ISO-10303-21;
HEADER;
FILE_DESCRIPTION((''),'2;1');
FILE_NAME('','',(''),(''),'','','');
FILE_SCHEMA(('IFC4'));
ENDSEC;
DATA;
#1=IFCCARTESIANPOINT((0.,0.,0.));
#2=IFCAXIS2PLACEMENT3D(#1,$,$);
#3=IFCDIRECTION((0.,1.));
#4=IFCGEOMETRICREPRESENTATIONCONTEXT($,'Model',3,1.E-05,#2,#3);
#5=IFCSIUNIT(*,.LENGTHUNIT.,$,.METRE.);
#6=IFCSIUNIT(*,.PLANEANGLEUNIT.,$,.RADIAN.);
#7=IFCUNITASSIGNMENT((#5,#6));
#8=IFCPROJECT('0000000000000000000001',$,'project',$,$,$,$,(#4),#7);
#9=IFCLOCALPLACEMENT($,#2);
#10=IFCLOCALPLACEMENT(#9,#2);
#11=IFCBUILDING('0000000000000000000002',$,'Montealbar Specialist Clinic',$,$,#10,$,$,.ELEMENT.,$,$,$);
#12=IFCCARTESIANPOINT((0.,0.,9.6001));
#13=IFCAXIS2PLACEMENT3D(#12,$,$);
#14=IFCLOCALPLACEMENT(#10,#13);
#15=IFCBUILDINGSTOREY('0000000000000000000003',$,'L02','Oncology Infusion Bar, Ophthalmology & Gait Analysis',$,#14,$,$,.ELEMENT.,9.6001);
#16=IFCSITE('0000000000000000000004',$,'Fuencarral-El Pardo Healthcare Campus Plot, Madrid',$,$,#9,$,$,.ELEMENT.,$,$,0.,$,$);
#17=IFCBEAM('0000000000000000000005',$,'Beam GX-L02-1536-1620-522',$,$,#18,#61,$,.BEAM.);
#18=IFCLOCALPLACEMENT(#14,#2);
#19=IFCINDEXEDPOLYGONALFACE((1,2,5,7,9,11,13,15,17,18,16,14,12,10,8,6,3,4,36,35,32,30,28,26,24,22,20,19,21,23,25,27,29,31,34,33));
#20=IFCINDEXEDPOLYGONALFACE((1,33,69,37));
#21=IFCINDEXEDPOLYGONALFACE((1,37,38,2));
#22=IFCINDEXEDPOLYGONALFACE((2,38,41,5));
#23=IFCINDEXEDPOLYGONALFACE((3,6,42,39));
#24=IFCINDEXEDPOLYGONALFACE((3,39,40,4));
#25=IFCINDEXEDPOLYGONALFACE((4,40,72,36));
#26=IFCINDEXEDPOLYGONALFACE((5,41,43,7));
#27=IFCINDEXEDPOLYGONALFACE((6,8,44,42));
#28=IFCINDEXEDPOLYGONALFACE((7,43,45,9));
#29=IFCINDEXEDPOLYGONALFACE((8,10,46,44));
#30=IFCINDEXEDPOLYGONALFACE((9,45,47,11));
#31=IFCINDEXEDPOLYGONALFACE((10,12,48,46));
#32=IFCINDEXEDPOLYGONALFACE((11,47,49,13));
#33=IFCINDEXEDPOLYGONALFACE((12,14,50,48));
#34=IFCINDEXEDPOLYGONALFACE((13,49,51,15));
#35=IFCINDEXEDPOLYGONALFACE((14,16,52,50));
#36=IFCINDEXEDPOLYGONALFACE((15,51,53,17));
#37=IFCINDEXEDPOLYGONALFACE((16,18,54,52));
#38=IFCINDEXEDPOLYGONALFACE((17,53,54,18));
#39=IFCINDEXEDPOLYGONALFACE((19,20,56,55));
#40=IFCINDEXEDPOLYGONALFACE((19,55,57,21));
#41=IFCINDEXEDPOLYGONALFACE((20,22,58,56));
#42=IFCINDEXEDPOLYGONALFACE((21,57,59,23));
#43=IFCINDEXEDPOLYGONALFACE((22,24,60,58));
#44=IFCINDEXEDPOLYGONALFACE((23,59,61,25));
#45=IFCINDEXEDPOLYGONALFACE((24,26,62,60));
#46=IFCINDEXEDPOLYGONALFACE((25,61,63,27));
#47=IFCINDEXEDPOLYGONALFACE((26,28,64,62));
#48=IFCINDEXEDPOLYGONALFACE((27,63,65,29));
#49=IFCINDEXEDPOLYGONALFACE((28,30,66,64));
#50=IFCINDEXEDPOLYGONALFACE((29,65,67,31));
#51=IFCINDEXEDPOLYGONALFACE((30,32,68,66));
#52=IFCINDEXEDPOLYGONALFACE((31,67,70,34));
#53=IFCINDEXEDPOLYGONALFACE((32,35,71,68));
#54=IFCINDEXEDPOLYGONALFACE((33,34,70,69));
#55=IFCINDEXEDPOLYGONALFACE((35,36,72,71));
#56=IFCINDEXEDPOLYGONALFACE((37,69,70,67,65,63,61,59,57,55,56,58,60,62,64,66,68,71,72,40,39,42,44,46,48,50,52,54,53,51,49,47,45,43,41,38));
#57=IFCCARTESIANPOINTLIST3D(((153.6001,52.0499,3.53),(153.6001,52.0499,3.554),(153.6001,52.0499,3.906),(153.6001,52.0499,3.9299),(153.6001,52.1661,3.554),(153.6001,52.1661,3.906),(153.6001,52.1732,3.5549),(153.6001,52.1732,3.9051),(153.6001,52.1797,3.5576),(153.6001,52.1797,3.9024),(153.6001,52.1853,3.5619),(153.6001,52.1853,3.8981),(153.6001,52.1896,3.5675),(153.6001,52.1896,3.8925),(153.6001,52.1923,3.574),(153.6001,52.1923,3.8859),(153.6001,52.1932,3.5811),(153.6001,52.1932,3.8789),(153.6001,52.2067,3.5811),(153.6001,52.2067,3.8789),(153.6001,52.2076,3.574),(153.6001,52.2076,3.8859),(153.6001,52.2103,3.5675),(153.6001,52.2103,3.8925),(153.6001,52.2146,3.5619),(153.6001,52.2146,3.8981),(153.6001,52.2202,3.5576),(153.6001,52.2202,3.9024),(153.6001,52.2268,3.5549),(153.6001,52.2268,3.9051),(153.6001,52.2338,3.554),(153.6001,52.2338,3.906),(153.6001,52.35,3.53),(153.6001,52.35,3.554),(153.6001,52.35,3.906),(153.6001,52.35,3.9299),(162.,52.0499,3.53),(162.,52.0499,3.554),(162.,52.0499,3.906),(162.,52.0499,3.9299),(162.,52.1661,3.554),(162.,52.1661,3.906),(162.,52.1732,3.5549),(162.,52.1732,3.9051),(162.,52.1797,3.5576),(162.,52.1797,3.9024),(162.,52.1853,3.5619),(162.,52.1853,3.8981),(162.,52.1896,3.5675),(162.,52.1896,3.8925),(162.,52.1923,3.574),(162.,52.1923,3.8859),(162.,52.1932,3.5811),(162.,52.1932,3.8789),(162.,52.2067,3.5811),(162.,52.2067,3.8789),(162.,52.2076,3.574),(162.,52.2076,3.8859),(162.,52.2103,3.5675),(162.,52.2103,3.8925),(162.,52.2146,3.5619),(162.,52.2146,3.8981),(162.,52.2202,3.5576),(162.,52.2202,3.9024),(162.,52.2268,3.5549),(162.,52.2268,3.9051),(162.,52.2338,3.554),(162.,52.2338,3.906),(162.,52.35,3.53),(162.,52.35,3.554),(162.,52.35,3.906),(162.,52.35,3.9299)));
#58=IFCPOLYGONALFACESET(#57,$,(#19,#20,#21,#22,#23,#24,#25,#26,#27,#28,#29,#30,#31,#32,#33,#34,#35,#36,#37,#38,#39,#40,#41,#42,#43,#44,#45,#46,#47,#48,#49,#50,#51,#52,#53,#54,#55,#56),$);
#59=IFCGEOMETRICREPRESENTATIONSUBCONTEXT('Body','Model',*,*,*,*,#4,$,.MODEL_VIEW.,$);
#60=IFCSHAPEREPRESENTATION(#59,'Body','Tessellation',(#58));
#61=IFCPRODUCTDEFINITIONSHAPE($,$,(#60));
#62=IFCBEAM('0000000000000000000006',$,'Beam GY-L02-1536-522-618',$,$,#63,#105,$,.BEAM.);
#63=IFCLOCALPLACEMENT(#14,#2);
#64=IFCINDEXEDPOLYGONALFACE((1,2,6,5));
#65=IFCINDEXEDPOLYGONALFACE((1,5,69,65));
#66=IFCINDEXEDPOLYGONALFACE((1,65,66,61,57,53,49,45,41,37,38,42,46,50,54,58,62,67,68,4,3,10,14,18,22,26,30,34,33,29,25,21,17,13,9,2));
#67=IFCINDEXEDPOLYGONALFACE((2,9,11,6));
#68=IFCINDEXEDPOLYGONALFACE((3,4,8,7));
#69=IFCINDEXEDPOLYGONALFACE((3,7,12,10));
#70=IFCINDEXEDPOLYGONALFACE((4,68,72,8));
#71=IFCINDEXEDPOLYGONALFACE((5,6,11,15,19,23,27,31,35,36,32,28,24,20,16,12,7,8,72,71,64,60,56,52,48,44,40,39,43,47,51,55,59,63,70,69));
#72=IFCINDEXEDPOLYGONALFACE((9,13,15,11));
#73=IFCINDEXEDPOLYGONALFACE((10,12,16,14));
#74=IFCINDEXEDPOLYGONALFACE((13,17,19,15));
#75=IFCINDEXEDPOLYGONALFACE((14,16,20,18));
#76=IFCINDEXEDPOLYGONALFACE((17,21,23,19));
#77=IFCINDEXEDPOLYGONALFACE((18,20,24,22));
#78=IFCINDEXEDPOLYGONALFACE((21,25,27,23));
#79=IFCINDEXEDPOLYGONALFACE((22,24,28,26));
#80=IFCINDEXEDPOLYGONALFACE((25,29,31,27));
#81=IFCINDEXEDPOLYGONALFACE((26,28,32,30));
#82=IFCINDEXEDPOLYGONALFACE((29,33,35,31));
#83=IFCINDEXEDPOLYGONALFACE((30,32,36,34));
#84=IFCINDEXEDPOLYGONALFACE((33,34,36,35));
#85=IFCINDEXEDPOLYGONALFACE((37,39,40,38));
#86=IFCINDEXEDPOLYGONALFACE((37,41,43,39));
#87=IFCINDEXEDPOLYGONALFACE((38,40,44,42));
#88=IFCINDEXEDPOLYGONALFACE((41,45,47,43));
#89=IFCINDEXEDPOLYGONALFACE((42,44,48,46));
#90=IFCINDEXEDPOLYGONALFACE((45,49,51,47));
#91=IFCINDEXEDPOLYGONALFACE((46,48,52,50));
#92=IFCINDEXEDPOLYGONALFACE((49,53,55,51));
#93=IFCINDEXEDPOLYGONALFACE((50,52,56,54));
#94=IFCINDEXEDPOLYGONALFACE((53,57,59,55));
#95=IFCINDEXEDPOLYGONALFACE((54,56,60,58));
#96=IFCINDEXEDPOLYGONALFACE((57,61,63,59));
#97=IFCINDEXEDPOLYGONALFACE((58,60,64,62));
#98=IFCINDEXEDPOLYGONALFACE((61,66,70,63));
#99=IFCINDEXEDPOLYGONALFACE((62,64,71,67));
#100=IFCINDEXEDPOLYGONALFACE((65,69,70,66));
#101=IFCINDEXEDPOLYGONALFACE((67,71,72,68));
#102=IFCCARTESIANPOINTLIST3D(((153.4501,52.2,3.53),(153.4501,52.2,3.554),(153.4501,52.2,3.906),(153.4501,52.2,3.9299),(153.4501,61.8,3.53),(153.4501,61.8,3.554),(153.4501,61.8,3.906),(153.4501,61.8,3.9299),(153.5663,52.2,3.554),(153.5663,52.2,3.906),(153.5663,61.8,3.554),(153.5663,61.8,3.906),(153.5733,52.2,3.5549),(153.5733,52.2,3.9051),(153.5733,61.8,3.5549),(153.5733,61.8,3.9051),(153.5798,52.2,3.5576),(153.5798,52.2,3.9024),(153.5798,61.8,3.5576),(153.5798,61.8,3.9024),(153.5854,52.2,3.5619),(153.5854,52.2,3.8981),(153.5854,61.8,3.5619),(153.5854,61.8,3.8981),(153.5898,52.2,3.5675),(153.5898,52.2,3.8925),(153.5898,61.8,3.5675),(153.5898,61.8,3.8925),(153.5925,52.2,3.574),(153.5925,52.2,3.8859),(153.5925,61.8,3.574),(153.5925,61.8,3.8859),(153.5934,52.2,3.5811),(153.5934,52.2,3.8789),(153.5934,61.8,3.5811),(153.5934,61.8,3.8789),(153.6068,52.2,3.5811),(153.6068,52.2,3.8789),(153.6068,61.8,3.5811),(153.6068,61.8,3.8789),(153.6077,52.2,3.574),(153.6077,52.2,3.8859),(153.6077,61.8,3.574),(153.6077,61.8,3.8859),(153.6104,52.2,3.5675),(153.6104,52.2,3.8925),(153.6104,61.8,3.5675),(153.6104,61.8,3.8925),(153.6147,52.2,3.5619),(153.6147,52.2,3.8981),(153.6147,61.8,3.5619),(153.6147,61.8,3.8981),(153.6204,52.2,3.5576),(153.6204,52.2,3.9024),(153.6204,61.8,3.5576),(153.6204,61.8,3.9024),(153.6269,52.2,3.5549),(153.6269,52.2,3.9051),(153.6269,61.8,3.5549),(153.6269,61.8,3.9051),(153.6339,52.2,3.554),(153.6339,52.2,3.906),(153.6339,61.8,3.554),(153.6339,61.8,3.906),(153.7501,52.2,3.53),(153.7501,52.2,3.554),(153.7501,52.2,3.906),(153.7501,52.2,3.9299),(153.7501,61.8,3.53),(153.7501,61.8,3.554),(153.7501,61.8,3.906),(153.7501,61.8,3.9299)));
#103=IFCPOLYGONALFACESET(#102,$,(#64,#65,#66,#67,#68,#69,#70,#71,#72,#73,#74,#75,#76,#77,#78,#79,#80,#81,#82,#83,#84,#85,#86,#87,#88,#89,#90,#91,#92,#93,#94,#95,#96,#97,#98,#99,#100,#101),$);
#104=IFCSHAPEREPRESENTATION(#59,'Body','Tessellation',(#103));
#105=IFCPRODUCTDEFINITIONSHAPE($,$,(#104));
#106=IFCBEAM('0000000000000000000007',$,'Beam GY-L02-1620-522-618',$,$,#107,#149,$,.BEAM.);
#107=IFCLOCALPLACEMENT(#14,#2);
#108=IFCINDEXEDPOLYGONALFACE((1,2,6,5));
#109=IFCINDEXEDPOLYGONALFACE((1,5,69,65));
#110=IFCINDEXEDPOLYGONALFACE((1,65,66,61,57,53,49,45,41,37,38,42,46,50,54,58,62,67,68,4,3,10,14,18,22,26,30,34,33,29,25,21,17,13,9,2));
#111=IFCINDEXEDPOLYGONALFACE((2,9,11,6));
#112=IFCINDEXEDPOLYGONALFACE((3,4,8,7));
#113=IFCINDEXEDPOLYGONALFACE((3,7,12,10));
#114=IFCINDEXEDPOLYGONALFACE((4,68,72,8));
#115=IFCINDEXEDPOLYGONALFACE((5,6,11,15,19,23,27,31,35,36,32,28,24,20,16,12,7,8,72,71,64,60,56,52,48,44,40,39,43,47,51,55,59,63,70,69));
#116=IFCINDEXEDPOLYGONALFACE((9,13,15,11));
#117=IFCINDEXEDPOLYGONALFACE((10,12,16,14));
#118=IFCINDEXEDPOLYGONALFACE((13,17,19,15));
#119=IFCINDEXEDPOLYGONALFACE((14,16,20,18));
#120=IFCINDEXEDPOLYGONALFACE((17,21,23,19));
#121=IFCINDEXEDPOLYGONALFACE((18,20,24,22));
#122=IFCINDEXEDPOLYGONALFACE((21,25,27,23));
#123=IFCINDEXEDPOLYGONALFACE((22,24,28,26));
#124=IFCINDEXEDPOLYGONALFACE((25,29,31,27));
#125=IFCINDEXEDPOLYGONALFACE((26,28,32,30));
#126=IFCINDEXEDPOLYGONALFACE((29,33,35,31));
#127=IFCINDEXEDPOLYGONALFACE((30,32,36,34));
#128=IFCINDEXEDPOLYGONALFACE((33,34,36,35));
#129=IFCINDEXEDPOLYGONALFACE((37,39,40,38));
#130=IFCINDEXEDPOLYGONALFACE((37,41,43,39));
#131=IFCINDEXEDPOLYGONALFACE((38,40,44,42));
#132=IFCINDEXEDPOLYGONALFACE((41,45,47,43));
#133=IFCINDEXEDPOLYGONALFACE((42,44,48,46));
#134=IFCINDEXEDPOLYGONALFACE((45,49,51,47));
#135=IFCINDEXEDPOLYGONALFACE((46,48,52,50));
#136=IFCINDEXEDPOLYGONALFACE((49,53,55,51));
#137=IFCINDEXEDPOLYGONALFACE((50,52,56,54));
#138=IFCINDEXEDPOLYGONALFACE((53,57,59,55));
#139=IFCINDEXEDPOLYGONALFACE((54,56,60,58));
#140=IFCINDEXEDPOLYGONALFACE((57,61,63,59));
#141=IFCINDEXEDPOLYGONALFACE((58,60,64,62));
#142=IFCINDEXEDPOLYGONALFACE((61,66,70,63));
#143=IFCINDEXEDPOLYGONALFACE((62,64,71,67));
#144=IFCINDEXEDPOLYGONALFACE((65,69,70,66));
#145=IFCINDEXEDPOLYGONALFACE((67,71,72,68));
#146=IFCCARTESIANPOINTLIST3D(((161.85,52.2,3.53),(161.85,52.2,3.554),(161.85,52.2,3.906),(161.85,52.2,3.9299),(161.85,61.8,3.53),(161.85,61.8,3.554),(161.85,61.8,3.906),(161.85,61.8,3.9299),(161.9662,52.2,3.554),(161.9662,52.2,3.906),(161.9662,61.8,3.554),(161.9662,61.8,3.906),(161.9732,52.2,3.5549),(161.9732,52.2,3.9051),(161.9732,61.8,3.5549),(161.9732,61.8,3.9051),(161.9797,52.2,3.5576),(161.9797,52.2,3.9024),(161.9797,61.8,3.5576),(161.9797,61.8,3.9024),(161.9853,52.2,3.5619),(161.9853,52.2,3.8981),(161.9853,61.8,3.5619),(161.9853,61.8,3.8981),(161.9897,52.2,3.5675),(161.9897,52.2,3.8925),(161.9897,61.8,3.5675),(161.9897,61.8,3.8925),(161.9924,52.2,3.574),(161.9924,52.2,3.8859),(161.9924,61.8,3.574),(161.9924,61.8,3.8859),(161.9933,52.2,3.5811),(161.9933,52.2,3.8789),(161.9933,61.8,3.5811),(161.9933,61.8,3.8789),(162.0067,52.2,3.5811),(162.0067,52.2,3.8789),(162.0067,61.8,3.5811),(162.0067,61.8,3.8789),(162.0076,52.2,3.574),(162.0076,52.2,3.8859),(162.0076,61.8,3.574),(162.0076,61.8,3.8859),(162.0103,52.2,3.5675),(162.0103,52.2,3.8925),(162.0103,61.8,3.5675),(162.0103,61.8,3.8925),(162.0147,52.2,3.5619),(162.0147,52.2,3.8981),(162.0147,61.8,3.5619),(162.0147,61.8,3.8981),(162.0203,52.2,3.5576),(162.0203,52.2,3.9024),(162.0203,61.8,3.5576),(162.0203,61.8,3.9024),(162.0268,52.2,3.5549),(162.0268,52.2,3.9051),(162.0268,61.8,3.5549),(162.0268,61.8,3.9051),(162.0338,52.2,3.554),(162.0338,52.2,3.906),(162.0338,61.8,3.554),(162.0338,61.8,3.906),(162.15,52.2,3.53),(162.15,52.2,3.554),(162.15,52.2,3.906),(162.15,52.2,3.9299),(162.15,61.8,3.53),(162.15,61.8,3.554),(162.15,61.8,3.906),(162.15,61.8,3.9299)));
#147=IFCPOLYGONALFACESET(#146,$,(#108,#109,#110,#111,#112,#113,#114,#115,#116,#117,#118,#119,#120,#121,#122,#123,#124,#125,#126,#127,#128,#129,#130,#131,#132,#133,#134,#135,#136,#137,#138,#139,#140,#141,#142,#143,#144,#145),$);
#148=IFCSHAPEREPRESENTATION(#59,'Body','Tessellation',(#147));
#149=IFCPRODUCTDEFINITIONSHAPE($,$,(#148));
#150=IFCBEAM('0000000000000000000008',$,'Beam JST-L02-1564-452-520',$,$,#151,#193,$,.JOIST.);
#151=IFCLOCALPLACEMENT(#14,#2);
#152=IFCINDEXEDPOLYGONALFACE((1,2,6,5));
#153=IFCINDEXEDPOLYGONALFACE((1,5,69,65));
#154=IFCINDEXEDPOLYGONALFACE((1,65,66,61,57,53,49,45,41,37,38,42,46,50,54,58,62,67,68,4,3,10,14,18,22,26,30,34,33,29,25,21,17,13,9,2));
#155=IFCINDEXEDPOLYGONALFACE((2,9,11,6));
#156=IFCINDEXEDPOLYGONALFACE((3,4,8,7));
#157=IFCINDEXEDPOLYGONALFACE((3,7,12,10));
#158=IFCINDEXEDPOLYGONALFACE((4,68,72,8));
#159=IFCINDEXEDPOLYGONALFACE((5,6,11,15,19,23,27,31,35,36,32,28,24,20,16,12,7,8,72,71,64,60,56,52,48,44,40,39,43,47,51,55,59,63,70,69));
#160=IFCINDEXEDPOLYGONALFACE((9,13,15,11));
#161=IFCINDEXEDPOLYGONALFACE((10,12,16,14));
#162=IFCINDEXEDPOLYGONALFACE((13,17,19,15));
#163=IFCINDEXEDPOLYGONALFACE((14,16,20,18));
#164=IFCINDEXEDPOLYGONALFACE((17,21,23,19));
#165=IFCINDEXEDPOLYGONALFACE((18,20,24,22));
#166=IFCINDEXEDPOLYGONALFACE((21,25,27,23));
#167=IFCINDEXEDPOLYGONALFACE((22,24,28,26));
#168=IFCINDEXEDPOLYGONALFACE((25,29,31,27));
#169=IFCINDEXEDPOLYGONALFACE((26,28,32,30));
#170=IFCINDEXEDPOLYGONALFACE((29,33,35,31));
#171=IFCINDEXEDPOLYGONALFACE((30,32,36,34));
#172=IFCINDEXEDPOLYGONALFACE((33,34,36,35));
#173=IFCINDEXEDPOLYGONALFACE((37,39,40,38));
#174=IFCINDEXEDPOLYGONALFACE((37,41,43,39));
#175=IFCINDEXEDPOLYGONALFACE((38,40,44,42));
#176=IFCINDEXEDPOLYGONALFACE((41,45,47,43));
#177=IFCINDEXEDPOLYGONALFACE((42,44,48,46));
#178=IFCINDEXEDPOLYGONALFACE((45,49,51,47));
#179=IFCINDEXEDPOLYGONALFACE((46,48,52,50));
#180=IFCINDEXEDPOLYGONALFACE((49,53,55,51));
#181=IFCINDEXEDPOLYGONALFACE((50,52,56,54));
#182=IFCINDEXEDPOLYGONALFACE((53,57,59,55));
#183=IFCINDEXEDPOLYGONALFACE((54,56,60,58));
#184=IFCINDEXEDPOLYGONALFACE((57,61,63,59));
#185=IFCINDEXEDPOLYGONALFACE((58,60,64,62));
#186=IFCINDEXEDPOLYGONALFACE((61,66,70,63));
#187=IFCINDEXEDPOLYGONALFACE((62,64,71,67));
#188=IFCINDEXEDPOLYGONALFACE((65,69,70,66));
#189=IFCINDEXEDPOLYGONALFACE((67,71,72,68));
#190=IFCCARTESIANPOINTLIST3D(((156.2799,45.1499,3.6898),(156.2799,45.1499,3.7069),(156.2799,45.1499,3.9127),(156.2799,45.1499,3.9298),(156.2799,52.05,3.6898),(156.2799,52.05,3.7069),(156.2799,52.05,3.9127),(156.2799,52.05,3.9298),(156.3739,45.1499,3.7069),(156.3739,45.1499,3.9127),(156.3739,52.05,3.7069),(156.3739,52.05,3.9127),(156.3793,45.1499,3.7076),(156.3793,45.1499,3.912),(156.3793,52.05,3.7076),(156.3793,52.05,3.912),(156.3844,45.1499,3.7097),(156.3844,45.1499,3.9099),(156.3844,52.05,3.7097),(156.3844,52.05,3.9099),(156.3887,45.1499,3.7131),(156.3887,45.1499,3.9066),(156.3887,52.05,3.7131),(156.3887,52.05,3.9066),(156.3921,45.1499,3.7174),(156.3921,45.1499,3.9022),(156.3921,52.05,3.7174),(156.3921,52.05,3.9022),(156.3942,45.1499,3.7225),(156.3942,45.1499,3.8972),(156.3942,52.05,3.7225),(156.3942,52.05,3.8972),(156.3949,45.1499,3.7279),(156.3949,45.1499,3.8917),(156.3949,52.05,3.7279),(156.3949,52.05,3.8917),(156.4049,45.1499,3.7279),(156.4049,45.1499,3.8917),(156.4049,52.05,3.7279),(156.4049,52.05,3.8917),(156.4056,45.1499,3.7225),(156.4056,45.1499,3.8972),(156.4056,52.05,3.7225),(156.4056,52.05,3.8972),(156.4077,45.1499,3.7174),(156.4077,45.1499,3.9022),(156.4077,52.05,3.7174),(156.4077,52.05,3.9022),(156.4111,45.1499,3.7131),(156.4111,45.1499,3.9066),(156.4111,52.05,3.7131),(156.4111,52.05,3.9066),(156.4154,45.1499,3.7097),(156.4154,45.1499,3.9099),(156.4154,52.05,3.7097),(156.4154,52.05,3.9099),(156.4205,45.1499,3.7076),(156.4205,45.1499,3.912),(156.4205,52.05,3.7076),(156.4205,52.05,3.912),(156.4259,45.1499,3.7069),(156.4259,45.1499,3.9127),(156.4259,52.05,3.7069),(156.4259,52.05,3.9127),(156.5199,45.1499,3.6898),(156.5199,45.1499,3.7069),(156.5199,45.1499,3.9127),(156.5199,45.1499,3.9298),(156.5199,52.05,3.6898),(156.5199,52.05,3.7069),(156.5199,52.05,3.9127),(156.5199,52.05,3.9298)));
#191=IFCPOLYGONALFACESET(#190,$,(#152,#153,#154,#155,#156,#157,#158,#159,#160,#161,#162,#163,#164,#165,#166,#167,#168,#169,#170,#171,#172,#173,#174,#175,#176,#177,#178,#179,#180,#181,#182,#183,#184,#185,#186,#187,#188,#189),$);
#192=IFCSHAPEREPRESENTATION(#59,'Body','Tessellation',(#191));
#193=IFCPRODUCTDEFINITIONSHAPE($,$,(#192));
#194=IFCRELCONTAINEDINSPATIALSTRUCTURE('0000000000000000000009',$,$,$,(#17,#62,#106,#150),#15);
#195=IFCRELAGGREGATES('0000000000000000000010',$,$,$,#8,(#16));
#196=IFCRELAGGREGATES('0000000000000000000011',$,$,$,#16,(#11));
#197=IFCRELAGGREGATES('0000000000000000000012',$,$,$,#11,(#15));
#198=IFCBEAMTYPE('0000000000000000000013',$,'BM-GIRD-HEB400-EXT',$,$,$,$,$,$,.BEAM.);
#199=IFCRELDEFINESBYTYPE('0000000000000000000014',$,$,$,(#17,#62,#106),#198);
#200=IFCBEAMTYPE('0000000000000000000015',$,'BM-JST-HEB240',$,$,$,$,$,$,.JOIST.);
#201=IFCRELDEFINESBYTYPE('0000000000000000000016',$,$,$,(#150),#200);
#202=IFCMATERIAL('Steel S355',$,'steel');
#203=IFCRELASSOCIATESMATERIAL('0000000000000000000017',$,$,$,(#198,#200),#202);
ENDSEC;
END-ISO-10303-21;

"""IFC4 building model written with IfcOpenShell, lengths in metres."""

from ifc_helpers import new_model, si_unit, direction, frame, origin, origin_2d, place, context, subcontext, project, spatial, i_section, extrude, material, material_profile, profile_set, type_object, element, save


model = new_model("IFC4")

# Units and contexts
model_context = context("Model", 3, precision=1e-05, world=origin(), true_north=direction((0.0, 1.0)))
body_context = subcontext(model_context, "Body", "Model", "MODEL_VIEW")
ifc_project = project(units=[si_unit("LENGTHUNIT", "METRE"), si_unit("PLANEANGLEUNIT", "RADIAN")], contexts=[model_context])

# Site, building, storey
site_placement = place(None, origin())
site = spatial("IfcSite", under=ifc_project, at=site_placement, Name="Fuencarral-El Pardo Healthcare Campus Plot, Madrid", CompositionType="ELEMENT", RefElevation=0.0)
building_placement = place(site_placement, origin())
building = spatial("IfcBuilding", under=site, at=building_placement, Name="Montealbar Specialist Clinic", CompositionType="ELEMENT")
storey_placement = place(building_placement, frame((0.0, 0.0, 9.6001)))
storey = spatial("IfcBuildingStorey", under=building, at=storey_placement, Name="L02", Description="Oncology Infusion Bar, Ophthalmology & Gait Analysis", CompositionType="ELEMENT", Elevation=9.6001)

# Shared definitions
ifc_material_1 = material(Name="Steel S355", Category="steel")

# Beams
ifc_material_profile_1 = material_profile(ifc_material_1, i_section(OverallWidth=0.3, OverallDepth=0.3999, WebThickness=0.0134, FlangeThickness=0.0239, FilletRadius=0.0271, at=origin_2d()), Name="HEB 400", Category="steel")
ifc_profile_set_1 = profile_set([ifc_material_profile_1], Name="Steel S355")
beam_type_1 = type_object("IfcBeamType", Name="BM-GIRD-HEB400-EXT", PredefinedType="BEAM", material=ifc_profile_set_1)
beam_1_placement = place(storey_placement, frame((153.6001, 52.2, 3.73), z_axis=(1.0, 0.0, 0.0), x_axis=(0.0, 1.0, 0.0)))
element("IfcBeam", 1, at=beam_1_placement, inside=storey, type_object=beam_type_1, Name="Beam GX-L02-1536-1620-522", PredefinedType="BEAM", context=body_context, shape_type="SweptSolid", body=[
    extrude(i_section(OverallWidth=0.3, OverallDepth=0.3999, WebThickness=0.0134, FlangeThickness=0.0239, FilletRadius=0.0271, at=origin_2d()), origin(), (0.0, 0.0, 1.0), 8.3999),
])
for number, where, z_axis, x_axis, name in (
    (2, (153.6001, 52.2, 3.73), (0.0, 1.0, 0.0), (-1.0, 0.0, 0.0), "Beam GY-L02-1536-522-618"),
    (3, (162.0, 52.2, 3.73), (0.0, 1.0, 0.0), (-1.0, 0.0, 0.0), "Beam GY-L02-1620-522-618"),
):
    element("IfcBeam", number, at=place(storey_placement, frame(where, z_axis=z_axis, x_axis=x_axis)), inside=storey, type_object=beam_type_1, Name=name, PredefinedType="BEAM", context=body_context, shape_type="SweptSolid", body=[
        extrude(i_section(OverallWidth=0.3, OverallDepth=0.3999, WebThickness=0.0134, FlangeThickness=0.0239, FilletRadius=0.0271, at=origin_2d()), origin(), (0.0, 0.0, 1.0), 9.6001),
    ])
ifc_material_profile_2 = material_profile(ifc_material_1, i_section(OverallWidth=0.24, OverallDepth=0.24, WebThickness=0.01, FlangeThickness=0.0171, FilletRadius=0.021, at=origin_2d()), Name="HEB 240", Category="steel")
ifc_profile_set_2 = profile_set([ifc_material_profile_2], Name="Steel S355")
beam_type_2 = type_object("IfcBeamType", Name="BM-JST-HEB240", PredefinedType="JOIST", material=ifc_profile_set_2)
beam_2_placement = place(storey_placement, frame((156.3999, 45.1499, 3.8098), z_axis=(0.0, 1.0, 0.0), x_axis=(-1.0, 0.0, 0.0)))
element("IfcBeam", 4, at=beam_2_placement, inside=storey, type_object=beam_type_2, Name="Beam JST-L02-1564-452-520", PredefinedType="JOIST", context=body_context, shape_type="SweptSolid", body=[
    extrude(i_section(OverallWidth=0.24, OverallDepth=0.24, WebThickness=0.01, FlangeThickness=0.0171, FilletRadius=0.021, at=origin_2d()), origin(), (0.0, 0.0, 1.0), 6.9001),
])

save(model, "model.ifc")
